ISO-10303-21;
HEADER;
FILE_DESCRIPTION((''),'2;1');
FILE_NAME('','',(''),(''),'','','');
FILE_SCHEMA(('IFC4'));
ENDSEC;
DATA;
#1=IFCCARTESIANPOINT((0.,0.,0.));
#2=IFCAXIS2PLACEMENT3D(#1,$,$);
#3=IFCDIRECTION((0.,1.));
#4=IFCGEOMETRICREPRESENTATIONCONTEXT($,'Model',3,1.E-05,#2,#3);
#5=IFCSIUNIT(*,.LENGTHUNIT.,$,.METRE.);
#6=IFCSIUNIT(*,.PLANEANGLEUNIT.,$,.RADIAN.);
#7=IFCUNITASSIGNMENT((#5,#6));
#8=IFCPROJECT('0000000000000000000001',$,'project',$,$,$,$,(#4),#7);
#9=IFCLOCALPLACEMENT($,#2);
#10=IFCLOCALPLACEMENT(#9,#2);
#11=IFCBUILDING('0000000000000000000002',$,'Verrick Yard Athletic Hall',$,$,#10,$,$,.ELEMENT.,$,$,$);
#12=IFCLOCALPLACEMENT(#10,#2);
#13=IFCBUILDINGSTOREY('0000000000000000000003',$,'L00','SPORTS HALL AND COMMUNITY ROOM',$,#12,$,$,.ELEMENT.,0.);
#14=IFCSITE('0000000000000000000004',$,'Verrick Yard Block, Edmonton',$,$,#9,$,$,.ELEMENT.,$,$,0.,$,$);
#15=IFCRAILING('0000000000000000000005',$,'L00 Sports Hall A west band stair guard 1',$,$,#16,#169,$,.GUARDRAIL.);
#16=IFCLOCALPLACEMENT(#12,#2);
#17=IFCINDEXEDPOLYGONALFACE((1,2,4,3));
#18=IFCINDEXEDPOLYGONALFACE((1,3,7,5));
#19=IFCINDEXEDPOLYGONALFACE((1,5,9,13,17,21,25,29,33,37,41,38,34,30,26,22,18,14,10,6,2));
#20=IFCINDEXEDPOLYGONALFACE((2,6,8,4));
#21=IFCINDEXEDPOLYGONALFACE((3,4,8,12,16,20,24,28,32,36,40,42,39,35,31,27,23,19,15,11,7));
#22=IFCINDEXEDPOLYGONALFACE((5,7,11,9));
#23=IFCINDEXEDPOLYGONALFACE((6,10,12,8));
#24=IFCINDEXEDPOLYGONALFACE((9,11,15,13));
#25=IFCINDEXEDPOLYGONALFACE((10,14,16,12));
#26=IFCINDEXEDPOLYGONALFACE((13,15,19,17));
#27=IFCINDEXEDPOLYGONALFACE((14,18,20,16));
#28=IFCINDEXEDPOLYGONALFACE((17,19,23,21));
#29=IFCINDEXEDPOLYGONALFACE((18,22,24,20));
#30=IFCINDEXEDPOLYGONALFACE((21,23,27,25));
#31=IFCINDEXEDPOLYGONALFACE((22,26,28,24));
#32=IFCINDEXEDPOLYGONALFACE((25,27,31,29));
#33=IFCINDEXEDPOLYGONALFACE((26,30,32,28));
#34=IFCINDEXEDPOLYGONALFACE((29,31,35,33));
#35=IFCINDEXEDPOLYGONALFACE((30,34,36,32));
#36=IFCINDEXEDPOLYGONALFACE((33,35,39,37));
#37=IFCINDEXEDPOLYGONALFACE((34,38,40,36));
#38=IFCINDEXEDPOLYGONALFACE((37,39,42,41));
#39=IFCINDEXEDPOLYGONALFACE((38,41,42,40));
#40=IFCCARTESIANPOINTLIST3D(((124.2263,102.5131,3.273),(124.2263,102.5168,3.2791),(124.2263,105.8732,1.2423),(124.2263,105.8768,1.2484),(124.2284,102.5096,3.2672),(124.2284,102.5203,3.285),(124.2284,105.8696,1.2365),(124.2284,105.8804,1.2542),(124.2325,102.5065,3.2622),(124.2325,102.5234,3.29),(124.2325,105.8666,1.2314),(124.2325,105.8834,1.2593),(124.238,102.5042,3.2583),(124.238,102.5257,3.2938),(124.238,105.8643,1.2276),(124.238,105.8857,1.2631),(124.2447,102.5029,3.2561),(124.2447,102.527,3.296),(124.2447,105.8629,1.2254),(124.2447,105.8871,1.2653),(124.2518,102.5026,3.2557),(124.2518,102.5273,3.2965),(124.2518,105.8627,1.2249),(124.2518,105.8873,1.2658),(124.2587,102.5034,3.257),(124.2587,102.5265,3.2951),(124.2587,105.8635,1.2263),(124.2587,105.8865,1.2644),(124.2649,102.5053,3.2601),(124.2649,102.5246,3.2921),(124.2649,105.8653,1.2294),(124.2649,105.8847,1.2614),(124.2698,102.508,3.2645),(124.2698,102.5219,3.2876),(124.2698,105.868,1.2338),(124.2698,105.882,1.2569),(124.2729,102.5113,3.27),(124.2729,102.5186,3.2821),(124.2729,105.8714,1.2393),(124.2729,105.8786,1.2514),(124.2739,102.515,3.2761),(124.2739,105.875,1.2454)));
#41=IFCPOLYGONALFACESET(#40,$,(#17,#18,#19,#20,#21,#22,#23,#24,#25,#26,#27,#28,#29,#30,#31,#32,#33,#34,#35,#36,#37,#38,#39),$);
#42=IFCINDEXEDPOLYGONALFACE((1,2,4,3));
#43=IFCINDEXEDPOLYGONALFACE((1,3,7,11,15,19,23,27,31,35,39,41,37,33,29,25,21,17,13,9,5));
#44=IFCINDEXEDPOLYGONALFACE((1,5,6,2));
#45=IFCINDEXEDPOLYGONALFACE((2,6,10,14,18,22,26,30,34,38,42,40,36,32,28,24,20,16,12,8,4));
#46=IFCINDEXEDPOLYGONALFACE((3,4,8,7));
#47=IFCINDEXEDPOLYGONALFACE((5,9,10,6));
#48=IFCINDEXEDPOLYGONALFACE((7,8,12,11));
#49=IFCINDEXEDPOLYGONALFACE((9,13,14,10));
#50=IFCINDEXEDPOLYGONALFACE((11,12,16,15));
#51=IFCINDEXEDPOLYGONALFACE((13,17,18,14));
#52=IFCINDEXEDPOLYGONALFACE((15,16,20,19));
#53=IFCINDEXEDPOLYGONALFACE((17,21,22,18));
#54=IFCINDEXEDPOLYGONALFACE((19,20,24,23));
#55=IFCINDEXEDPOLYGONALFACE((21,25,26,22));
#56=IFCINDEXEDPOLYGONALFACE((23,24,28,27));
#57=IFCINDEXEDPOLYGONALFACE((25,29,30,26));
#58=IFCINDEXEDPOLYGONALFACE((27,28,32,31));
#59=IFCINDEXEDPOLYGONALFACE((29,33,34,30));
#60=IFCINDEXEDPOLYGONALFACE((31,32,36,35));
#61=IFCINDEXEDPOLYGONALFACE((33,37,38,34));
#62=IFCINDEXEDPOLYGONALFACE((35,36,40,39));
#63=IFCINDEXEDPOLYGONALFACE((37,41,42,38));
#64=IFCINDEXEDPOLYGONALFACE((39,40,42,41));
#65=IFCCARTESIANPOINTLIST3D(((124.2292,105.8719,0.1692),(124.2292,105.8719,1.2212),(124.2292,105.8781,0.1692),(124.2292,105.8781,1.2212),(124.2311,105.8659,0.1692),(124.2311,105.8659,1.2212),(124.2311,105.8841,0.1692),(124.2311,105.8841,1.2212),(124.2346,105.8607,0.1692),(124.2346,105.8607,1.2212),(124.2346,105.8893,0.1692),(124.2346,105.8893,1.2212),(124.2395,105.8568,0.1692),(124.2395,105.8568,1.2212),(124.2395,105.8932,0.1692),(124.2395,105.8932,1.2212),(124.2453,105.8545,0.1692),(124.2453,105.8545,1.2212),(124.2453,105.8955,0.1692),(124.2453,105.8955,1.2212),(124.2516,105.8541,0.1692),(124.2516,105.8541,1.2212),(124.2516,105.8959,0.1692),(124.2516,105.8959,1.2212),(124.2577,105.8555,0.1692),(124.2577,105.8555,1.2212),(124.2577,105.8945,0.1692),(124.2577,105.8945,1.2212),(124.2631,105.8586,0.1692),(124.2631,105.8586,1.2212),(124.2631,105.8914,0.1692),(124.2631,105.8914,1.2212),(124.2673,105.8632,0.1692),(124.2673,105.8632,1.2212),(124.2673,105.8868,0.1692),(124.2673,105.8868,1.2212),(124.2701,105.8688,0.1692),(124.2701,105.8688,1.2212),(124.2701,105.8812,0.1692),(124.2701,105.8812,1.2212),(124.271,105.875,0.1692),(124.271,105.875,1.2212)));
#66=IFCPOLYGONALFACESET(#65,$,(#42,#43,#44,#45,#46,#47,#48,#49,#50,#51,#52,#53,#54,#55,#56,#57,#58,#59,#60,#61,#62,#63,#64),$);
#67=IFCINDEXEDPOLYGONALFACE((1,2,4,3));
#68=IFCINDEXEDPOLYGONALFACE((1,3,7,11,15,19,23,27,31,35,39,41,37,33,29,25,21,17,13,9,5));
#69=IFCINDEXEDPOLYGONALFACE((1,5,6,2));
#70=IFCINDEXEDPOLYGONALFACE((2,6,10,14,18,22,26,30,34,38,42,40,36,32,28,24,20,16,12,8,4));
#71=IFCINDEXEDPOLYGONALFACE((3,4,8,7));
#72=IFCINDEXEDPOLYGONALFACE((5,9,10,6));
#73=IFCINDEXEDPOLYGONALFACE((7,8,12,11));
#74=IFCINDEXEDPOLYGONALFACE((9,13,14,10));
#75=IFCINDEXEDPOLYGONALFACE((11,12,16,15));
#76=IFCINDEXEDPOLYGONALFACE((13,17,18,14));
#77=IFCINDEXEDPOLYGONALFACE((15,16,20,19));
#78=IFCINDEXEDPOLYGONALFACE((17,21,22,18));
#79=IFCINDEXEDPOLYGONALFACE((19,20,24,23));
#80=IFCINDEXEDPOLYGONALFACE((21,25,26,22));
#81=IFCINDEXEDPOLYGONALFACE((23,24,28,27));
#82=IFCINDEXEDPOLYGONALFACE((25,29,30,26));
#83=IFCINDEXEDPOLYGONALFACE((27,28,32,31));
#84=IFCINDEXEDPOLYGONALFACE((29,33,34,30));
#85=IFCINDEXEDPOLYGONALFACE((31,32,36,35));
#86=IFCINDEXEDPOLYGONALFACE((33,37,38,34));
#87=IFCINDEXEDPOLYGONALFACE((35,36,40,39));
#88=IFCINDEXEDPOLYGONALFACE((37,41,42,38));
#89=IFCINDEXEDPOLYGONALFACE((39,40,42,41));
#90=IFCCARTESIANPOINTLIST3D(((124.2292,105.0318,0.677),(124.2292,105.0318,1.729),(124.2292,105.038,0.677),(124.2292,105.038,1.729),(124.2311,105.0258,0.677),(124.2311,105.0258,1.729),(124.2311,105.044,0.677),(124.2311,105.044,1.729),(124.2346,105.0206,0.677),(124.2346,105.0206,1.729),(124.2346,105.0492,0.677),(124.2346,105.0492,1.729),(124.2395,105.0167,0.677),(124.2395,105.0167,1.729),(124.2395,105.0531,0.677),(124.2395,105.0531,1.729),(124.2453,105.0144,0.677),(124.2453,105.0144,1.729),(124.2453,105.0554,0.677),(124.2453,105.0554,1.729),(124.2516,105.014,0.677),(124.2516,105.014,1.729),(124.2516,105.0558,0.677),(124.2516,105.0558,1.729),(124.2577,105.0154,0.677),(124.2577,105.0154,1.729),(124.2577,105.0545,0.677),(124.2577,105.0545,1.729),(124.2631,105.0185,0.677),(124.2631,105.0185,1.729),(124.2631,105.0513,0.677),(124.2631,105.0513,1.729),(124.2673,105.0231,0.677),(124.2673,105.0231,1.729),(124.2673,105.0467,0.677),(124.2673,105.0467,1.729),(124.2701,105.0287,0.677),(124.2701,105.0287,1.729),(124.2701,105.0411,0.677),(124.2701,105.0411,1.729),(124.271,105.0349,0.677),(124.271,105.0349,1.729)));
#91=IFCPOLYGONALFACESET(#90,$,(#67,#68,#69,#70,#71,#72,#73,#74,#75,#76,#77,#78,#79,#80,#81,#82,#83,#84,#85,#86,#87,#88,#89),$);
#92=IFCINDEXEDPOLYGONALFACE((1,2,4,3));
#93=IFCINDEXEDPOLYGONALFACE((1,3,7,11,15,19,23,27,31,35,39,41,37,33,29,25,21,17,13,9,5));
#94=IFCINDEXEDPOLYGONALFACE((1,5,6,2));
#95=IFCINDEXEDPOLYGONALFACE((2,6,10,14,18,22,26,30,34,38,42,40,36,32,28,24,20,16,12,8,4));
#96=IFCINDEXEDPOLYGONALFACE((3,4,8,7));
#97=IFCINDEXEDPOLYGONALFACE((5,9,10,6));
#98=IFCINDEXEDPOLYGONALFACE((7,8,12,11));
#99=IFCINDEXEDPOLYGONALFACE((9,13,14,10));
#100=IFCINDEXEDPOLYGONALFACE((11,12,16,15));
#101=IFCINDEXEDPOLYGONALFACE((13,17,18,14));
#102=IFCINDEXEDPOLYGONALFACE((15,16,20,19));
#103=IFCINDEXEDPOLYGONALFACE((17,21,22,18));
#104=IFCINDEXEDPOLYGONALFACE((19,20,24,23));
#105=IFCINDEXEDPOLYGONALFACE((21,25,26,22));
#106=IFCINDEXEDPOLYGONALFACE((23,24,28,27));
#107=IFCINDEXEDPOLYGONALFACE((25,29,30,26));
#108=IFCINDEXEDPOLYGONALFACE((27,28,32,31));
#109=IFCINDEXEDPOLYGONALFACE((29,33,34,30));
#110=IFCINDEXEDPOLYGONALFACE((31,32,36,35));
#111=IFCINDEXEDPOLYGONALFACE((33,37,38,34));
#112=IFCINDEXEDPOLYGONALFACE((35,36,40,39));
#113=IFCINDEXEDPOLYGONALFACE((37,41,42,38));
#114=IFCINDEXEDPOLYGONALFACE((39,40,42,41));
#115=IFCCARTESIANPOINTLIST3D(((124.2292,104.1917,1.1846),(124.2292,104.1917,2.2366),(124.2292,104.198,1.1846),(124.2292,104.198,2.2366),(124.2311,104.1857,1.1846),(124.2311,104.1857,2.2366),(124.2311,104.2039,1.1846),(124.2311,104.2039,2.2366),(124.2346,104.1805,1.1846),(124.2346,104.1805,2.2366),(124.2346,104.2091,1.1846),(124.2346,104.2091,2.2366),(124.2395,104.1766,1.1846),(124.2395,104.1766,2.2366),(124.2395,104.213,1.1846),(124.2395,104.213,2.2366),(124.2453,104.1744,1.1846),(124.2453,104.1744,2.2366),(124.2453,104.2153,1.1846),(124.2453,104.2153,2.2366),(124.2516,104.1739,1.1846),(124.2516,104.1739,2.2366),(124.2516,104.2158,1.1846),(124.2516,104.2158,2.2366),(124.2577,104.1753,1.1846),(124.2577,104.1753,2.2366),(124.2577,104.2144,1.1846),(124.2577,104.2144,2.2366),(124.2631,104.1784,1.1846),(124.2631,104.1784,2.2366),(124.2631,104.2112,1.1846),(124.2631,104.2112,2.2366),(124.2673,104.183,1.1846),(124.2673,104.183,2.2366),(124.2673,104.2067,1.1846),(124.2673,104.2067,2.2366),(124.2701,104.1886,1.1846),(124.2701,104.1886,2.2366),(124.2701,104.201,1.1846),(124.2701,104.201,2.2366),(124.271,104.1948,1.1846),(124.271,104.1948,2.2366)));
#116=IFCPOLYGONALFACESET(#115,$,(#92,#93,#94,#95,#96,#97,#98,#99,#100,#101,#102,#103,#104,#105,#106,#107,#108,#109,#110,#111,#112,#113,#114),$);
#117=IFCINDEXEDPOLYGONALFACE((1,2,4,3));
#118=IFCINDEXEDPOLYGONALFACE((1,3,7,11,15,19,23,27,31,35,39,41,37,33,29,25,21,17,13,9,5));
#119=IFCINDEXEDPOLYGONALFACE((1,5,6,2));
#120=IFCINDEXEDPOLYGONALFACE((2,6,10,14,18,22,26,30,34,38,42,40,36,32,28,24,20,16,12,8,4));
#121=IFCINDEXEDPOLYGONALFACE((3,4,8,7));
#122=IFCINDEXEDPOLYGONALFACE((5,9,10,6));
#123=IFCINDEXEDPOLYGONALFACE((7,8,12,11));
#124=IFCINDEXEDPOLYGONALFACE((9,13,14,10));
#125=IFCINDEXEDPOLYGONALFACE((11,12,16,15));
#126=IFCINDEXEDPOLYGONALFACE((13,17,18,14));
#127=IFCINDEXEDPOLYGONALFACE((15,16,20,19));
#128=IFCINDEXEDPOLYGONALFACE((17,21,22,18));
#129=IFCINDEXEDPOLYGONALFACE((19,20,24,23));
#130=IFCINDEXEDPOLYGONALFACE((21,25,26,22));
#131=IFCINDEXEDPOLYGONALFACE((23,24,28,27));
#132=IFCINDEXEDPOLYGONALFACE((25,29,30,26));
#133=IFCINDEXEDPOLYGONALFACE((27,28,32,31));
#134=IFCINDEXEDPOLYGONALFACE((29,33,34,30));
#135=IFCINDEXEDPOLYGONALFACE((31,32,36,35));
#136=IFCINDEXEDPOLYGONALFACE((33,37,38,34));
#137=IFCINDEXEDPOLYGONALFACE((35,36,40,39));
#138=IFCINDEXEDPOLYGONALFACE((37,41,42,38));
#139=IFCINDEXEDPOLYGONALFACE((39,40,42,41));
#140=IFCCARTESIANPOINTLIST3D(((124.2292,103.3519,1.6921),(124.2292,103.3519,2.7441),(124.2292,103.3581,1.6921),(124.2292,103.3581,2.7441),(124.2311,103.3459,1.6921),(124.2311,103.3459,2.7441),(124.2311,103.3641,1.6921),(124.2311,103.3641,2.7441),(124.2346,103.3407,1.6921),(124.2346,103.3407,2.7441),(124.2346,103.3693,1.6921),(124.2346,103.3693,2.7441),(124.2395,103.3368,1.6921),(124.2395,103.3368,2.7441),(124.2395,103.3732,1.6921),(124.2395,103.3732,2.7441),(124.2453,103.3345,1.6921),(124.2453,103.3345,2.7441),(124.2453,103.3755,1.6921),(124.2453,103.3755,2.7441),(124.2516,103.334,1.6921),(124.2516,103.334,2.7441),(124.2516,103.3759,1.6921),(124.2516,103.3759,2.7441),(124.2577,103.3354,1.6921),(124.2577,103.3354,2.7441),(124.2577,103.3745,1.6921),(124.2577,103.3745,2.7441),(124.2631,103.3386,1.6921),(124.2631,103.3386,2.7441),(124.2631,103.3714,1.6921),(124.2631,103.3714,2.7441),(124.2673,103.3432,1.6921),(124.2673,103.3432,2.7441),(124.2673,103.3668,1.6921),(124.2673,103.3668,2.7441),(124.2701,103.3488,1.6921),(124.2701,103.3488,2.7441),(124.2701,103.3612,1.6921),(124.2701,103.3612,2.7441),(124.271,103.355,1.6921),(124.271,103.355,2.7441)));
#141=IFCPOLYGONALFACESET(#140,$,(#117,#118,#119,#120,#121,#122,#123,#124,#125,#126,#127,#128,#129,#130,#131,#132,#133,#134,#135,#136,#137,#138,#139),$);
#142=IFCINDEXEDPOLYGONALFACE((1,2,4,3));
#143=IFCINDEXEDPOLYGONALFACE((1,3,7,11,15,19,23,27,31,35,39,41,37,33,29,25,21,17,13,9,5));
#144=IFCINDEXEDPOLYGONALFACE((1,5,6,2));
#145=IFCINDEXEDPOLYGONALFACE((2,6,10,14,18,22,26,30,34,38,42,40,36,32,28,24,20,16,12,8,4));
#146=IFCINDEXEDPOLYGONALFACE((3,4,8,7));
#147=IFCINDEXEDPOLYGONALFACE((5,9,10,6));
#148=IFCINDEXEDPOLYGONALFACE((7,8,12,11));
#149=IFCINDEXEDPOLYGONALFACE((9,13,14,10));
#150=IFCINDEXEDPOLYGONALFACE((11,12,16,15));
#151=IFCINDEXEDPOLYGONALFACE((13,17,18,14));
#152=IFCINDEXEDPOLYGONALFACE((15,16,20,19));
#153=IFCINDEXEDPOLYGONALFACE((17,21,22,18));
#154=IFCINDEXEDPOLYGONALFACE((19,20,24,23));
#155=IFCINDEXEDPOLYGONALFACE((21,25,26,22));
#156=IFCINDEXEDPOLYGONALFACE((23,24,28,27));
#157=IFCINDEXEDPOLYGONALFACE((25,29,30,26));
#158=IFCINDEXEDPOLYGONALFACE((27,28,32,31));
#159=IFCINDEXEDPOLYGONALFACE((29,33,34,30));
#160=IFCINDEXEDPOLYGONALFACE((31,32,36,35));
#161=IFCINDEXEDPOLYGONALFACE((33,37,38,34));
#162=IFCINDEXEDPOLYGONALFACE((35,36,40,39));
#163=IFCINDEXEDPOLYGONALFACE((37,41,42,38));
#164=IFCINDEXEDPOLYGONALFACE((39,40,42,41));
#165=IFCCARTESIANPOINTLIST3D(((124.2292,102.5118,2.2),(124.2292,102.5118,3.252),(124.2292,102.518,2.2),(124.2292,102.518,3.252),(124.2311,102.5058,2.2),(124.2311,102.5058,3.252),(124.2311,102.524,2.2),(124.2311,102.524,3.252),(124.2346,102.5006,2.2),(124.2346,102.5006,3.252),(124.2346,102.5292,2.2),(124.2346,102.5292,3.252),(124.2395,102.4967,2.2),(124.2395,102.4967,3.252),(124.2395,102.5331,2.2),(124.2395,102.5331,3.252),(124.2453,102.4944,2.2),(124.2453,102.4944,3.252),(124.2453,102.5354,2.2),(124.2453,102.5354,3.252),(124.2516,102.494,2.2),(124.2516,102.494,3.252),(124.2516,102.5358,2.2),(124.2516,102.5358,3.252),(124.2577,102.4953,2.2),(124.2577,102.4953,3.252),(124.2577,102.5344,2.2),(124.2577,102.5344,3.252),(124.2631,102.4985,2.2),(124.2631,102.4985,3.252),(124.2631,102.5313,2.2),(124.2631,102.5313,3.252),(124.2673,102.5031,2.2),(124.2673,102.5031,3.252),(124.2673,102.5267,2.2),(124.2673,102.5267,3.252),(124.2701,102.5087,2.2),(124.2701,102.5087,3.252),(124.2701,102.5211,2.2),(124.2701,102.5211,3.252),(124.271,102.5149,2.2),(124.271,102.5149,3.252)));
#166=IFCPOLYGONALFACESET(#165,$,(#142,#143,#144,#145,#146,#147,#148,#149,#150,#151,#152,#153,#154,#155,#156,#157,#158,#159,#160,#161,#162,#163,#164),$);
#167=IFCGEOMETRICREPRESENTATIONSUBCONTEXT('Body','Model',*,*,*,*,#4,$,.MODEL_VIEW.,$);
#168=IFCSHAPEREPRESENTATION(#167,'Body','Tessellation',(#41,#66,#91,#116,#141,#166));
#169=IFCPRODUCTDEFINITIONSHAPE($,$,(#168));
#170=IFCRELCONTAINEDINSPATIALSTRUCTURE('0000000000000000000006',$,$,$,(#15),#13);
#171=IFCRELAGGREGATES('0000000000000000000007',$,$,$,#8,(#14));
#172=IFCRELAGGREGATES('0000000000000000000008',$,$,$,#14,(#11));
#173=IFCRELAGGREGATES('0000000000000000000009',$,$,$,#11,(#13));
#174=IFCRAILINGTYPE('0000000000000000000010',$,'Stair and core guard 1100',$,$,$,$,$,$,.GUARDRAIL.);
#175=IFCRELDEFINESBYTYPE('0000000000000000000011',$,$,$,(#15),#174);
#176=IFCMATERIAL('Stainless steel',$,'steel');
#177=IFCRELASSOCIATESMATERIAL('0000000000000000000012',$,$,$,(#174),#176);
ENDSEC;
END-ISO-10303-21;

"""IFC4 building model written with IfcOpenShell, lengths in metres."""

from ifc_helpers import new_model, si_unit, direction, frame, origin, origin_2d, place, context, subcontext, project, spatial, circle, extrude, material, type_object, element, save


model = new_model("IFC4")

# Units and contexts
model_context = context("Model", 3, precision=1e-05, world=origin(), true_north=direction((0.0, 1.0)))
body_context = subcontext(model_context, "Body", "Model", "MODEL_VIEW")
ifc_project = project(units=[si_unit("LENGTHUNIT", "METRE"), si_unit("PLANEANGLEUNIT", "RADIAN")], contexts=[model_context])

# Site, building, storey
site_placement = place(None, origin())
site = spatial("IfcSite", under=ifc_project, at=site_placement, Name="Verrick Yard Block, Edmonton", CompositionType="ELEMENT", RefElevation=0.0)
building_placement = place(site_placement, origin())
building = spatial("IfcBuilding", under=site, at=building_placement, Name="Verrick Yard Athletic Hall", CompositionType="ELEMENT")
storey_placement = place(building_placement, origin())
storey = spatial("IfcBuildingStorey", under=building, at=storey_placement, Name="L00", Description="SPORTS HALL AND COMMUNITY ROOM", CompositionType="ELEMENT", Elevation=0.0)

# Railing
ifc_material_1 = material(Name="Stainless steel", Category="steel")
railing_type_1 = type_object("IfcRailingType", Name="Stair and core guard 1100", PredefinedType="GUARDRAIL", material=ifc_material_1)
railing_1_placement = place(storey_placement, frame((124.25, 105.875, 0.1692)))
element("IfcRailing", 1, at=railing_1_placement, inside=storey, type_object=railing_type_1, Name="L00 Sports Hall A west band stair guard 1", PredefinedType="GUARDRAIL", context=body_context, shape_type="SweptSolid", body=[
    extrude(circle(Radius=0.0239, at=origin_2d()), frame((0.0, 0.0, 1.0762), z_axis=(0.0, -0.855837, 0.517246), x_axis=(1.0, 0.0, 0.0)), (0.0, 0.0, 1.0), 3.926),
    extrude(circle(Radius=0.021, at=origin_2d()), origin(), (0.0, 0.0, 1.0), 1.052),
    extrude(circle(Radius=0.021, at=origin_2d()), frame((0.0, -0.8401, 0.5078)), (0.0, 0.0, 1.0), 1.052),
    extrude(circle(Radius=0.021, at=origin_2d()), frame((0.0, -1.6802, 1.0154)), (0.0, 0.0, 1.0), 1.052),
    extrude(circle(Radius=0.021, at=origin_2d()), frame((0.0, -2.52, 1.5229)), (0.0, 0.0, 1.0), 1.052),
    extrude(circle(Radius=0.021, at=origin_2d()), frame((0.0, -3.3601, 2.0308)), (0.0, 0.0, 1.0), 1.052),
])

save(model, "model.ifc")
